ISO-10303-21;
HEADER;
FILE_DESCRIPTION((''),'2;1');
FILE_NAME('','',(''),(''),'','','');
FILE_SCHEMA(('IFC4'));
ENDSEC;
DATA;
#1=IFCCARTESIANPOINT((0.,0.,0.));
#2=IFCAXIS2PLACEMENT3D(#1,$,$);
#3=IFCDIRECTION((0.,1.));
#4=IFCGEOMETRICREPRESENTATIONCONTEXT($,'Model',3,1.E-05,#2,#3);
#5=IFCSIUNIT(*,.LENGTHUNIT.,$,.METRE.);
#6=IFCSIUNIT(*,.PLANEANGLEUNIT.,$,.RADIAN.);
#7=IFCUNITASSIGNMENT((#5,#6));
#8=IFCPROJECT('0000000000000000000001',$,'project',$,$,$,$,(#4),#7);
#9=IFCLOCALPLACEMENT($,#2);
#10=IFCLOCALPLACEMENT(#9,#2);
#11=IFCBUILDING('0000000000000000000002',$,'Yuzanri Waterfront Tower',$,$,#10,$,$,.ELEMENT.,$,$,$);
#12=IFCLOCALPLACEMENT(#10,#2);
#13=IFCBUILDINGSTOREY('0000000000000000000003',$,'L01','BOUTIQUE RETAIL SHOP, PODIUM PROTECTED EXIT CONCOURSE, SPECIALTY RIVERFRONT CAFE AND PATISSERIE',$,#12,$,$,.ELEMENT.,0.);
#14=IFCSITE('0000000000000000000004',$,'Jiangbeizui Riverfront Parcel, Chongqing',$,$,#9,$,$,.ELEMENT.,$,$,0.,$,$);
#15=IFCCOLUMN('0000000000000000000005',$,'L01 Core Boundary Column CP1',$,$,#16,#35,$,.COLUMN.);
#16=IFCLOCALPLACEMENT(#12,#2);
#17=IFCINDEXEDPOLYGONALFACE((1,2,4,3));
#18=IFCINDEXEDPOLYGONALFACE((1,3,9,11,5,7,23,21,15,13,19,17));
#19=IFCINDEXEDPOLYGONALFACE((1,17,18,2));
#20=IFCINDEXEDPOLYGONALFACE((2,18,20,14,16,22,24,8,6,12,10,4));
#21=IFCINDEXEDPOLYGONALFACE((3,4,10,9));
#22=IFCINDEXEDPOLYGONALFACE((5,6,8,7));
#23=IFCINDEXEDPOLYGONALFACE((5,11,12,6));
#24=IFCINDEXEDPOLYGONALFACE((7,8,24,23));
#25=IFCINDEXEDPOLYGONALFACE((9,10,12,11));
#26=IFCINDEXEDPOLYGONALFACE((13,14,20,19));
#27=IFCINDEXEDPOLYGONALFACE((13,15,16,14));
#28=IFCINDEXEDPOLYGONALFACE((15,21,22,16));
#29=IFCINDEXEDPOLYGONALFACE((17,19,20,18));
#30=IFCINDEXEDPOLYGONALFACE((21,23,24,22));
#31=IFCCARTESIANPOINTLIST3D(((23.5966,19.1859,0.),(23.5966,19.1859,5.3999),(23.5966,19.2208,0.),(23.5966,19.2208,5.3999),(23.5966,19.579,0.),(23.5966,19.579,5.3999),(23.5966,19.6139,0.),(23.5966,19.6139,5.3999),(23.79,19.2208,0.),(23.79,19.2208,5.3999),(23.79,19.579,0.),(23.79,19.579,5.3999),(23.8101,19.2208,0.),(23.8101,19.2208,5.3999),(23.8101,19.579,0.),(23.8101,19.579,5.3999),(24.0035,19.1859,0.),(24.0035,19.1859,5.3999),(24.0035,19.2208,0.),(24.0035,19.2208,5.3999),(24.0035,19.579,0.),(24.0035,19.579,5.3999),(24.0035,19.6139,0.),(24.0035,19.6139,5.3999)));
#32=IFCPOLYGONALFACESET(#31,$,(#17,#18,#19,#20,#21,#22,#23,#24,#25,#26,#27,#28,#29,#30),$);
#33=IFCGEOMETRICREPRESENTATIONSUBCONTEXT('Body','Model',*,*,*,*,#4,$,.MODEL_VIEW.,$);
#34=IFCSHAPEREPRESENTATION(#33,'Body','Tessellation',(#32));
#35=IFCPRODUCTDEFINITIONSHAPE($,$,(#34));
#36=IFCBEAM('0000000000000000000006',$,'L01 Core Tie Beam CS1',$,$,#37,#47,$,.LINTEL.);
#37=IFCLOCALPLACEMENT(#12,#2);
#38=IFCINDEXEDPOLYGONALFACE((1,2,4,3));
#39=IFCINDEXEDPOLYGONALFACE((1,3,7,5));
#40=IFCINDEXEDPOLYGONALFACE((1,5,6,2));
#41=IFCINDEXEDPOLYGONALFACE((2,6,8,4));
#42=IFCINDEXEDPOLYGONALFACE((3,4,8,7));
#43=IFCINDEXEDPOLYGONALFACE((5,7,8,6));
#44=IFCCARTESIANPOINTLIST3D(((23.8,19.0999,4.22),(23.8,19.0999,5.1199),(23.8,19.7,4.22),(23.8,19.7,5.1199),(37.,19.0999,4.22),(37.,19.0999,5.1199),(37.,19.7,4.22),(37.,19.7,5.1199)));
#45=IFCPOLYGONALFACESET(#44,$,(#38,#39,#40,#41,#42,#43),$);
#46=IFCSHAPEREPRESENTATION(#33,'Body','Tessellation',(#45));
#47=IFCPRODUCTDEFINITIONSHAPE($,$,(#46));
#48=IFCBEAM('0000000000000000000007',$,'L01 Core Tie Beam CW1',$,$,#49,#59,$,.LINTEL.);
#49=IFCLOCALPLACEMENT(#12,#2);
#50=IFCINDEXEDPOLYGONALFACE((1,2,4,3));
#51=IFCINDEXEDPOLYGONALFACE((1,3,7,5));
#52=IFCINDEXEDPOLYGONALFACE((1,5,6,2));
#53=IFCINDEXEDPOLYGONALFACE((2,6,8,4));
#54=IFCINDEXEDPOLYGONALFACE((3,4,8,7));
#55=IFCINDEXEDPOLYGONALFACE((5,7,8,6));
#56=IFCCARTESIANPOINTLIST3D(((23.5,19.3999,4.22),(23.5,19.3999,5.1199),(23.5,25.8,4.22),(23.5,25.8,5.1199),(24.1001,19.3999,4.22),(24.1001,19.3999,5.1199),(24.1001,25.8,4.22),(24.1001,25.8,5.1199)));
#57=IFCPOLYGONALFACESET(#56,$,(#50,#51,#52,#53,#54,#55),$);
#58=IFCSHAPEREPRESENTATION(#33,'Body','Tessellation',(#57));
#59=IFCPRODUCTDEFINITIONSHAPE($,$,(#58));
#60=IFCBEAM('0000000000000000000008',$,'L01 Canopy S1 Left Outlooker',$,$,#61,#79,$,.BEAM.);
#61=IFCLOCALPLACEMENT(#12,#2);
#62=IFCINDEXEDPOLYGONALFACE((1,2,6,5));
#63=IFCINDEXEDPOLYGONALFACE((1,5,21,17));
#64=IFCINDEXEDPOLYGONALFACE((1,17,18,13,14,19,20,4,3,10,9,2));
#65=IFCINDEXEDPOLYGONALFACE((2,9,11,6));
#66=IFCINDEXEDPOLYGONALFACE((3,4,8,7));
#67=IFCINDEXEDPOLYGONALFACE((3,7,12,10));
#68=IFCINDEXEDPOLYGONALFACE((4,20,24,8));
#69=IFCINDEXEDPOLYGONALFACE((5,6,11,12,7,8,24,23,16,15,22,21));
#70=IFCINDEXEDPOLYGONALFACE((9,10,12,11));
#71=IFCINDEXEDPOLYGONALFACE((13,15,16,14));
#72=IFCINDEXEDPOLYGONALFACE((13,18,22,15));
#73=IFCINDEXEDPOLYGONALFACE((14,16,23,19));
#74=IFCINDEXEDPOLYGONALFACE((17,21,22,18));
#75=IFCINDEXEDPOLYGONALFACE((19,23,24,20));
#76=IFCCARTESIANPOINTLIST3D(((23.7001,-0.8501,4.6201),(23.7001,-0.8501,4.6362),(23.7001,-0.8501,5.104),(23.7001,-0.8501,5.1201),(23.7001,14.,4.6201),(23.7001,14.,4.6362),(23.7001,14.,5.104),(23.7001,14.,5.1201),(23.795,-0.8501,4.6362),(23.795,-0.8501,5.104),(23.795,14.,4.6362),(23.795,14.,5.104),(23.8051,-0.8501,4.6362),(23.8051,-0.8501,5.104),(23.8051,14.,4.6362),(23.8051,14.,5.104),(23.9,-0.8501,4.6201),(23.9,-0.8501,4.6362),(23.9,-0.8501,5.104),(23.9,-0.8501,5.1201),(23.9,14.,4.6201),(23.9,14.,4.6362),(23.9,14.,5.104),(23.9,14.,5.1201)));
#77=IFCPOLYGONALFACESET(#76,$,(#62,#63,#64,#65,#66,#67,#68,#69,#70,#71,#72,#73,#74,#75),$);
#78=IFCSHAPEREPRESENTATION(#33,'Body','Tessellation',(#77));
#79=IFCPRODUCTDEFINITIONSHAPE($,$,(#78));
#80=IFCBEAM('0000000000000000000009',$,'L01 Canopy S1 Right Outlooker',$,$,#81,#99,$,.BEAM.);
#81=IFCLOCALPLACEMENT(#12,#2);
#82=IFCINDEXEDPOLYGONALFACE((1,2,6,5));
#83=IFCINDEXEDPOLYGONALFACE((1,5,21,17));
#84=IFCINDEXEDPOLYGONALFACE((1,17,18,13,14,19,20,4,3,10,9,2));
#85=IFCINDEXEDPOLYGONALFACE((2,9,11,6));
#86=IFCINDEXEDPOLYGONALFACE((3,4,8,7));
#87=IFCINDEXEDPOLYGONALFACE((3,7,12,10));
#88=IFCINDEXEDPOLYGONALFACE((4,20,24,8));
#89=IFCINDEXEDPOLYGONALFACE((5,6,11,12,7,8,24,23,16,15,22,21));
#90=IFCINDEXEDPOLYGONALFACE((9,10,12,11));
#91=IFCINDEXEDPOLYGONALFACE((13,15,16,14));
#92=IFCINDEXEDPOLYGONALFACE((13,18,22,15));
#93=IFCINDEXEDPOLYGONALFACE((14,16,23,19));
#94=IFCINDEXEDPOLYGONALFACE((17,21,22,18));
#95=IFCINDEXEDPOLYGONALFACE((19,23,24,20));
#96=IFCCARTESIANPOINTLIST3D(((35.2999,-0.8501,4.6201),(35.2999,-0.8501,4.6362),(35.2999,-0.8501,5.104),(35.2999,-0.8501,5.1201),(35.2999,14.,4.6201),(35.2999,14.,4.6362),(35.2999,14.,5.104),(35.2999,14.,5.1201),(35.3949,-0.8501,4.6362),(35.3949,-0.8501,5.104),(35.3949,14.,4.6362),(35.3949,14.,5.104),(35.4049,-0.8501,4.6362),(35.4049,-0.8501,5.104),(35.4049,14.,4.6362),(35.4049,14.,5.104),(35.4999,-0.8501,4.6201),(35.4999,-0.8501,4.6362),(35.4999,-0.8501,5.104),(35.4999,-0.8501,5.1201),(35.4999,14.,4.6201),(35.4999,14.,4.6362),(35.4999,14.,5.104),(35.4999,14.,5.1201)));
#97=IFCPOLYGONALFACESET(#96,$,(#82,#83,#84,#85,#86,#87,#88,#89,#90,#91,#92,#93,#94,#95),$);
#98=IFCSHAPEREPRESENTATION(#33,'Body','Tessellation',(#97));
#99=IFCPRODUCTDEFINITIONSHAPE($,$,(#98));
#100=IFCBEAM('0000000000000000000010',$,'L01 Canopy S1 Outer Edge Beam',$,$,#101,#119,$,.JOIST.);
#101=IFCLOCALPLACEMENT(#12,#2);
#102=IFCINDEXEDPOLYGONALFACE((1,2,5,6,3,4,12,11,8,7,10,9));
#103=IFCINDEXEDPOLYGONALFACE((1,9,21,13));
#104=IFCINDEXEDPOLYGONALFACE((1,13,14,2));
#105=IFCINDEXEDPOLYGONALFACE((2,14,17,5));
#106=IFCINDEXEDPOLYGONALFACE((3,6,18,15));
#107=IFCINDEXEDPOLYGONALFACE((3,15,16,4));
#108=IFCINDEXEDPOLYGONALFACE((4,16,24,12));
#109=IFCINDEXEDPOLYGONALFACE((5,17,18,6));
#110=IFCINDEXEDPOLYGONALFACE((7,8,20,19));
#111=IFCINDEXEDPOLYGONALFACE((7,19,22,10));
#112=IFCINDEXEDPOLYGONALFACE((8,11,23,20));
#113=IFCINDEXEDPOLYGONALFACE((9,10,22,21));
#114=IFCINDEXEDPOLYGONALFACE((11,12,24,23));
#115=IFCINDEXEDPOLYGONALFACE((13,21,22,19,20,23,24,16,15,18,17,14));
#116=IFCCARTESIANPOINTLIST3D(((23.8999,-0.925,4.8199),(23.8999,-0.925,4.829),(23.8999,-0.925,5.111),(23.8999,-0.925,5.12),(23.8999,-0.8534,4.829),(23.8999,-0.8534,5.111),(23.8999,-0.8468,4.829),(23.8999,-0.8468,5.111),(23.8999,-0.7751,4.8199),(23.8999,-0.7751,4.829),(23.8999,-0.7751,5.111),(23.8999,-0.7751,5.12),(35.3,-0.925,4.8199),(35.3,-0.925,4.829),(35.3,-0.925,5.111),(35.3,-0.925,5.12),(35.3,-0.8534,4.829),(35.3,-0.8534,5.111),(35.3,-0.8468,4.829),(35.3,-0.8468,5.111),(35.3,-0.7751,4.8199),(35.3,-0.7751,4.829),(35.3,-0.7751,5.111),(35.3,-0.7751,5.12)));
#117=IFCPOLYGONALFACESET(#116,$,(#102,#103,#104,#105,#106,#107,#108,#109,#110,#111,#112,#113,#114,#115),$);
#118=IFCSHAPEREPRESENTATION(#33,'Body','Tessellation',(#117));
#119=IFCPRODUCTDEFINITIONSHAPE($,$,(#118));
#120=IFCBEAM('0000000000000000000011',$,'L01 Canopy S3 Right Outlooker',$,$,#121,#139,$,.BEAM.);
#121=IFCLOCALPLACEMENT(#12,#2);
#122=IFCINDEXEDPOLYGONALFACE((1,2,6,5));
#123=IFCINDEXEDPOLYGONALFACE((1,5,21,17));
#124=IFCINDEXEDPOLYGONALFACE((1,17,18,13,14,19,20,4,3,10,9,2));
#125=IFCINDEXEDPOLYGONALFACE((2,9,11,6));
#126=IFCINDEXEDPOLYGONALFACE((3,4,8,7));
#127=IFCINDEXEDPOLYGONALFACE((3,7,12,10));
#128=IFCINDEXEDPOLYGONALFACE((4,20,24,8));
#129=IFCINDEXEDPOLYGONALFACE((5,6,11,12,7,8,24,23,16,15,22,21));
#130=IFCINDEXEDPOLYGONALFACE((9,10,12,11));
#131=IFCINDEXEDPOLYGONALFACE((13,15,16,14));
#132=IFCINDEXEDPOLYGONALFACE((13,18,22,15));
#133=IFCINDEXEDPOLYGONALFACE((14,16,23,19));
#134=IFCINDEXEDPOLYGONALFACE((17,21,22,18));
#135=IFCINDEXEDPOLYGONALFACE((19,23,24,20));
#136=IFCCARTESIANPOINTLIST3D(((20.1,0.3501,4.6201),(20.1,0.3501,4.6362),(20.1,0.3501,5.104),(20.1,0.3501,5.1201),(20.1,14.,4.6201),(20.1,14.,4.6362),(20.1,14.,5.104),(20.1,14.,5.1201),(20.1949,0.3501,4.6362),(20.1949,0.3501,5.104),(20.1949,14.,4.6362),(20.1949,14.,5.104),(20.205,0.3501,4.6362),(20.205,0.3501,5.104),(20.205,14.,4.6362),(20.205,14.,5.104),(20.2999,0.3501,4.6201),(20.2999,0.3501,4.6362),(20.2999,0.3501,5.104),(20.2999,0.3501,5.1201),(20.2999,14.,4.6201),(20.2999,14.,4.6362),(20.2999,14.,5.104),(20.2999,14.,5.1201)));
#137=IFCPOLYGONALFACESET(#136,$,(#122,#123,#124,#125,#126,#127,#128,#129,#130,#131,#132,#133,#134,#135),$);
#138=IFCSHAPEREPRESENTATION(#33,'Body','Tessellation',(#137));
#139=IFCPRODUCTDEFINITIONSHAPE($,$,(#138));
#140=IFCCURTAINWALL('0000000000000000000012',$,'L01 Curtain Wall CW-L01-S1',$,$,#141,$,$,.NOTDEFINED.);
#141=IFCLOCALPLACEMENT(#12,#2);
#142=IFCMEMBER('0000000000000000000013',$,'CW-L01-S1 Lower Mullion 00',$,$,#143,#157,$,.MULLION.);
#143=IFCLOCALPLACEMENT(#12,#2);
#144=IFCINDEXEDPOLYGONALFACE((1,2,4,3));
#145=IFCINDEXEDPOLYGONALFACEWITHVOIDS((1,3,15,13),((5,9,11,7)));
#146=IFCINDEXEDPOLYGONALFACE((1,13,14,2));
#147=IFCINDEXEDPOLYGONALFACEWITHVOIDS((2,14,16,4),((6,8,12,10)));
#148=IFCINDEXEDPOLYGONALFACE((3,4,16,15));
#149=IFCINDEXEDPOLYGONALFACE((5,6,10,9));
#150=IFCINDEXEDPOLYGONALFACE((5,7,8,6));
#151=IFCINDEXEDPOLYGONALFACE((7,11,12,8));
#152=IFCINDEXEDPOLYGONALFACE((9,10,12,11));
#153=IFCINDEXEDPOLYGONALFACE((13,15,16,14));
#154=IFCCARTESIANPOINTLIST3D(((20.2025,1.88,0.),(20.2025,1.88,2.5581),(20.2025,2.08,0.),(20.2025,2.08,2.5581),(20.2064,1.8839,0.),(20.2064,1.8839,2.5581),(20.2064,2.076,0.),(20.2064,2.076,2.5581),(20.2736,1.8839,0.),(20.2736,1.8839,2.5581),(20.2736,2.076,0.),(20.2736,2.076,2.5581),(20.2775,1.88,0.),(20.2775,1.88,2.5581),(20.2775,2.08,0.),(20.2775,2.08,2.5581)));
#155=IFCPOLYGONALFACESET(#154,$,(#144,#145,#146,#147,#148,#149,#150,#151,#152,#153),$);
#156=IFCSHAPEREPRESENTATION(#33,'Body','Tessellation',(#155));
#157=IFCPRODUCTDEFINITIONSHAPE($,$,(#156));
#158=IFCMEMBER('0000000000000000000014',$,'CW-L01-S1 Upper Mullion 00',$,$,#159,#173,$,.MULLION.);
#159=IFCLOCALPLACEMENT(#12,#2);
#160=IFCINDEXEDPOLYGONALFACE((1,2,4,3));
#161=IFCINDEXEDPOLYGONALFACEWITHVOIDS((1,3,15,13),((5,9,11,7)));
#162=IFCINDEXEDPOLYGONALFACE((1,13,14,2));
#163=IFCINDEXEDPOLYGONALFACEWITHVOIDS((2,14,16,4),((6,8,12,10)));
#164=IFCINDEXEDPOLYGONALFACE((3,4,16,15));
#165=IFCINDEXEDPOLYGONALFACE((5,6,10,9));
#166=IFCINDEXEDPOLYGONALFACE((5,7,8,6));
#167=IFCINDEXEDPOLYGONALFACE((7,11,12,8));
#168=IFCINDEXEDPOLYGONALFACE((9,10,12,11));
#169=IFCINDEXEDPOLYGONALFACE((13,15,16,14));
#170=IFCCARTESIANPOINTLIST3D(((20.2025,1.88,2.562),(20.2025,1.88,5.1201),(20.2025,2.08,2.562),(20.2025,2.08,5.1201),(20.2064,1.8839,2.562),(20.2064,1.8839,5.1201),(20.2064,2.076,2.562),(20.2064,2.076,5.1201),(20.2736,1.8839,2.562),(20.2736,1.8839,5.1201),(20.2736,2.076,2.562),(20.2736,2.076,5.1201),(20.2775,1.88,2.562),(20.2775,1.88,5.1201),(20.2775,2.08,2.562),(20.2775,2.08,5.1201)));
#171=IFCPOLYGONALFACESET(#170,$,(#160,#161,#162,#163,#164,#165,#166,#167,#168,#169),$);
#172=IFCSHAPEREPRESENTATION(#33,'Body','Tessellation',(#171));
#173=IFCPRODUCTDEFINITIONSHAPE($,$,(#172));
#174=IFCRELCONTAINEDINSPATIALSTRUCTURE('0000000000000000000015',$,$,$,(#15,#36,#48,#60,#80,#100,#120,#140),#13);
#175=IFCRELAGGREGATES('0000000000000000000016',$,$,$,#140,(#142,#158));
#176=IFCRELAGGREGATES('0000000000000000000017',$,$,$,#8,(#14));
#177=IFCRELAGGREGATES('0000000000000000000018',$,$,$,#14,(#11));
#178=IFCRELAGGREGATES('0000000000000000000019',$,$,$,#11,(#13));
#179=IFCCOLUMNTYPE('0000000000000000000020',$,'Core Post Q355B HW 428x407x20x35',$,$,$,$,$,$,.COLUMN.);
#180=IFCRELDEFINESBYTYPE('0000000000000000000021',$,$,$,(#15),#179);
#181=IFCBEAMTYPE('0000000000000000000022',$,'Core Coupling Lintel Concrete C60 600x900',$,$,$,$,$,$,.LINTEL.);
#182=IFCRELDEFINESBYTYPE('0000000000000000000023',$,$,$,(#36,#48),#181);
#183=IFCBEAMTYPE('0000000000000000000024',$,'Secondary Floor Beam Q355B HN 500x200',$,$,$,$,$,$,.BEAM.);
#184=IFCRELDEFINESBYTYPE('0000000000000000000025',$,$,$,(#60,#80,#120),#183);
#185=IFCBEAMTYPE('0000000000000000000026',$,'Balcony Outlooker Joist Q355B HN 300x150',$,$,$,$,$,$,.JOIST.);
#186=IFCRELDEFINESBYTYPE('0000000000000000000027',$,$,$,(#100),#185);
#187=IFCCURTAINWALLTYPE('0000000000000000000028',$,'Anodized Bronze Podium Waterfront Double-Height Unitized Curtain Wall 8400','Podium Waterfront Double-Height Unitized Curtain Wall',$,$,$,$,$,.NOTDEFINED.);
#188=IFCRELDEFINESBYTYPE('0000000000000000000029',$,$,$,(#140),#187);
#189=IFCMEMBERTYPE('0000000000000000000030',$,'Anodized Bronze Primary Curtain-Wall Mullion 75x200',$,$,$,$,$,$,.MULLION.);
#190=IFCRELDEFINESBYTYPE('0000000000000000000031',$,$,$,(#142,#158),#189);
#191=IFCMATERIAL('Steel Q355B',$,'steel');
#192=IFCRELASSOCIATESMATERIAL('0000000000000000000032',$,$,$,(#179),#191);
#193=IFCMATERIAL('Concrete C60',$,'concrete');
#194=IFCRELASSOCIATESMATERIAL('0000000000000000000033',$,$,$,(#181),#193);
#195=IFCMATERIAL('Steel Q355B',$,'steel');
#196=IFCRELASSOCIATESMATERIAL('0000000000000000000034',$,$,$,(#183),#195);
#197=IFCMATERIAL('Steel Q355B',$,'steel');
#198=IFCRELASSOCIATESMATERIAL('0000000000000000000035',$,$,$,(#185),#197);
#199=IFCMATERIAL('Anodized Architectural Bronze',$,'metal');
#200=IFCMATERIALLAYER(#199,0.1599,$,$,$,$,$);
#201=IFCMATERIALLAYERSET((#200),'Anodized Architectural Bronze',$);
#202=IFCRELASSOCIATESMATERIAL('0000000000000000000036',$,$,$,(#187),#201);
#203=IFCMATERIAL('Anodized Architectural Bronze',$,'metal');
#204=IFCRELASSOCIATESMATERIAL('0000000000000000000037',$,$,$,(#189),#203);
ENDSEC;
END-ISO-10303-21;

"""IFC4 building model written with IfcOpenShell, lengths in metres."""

from ifc_helpers import new_model, si_unit, direction, frame, origin, origin_2d, place, context, subcontext, project, spatial, rectangle, hollow_rectangle, i_section, extrude, source, transform, mapped, material, layer, layer_set, material_profile, profile_set, type_object, element, aggregate, save


model = new_model("IFC4")

# Units and contexts
model_context = context("Model", 3, precision=1e-05, world=origin(), true_north=direction((0.0, 1.0)))
body_context = subcontext(model_context, "Body", "Model", "MODEL_VIEW")
ifc_project = project(units=[si_unit("LENGTHUNIT", "METRE"), si_unit("PLANEANGLEUNIT", "RADIAN")], contexts=[model_context])

# Site, building, storey
site_placement = place(None, origin())
site = spatial("IfcSite", under=ifc_project, at=site_placement, Name="Jiangbeizui Riverfront Parcel, Chongqing", CompositionType="ELEMENT", RefElevation=0.0)
building_placement = place(site_placement, origin())
building = spatial("IfcBuilding", under=site, at=building_placement, Name="Yuzanri Waterfront Tower", CompositionType="ELEMENT")
storey_placement = place(building_placement, origin())
storey = spatial("IfcBuildingStorey", under=building, at=storey_placement, Name="L01", Description="BOUTIQUE RETAIL SHOP, PODIUM PROTECTED EXIT CONCOURSE, SPECIALTY RIVERFRONT CAFE AND PATISSERIE", CompositionType="ELEMENT", Elevation=0.0)

# Column
ifc_material_1 = material(Name="Steel Q355B", Category="steel")
ifc_material_profile_1 = material_profile(ifc_material_1, i_section(OverallWidth=0.407, OverallDepth=0.428, WebThickness=0.02, FlangeThickness=0.0349, at=origin_2d()), Name="HW 428x407x20x35")
ifc_profile_set_1 = profile_set([ifc_material_profile_1], Name="Steel Q355B")
column_type = type_object("IfcColumnType", Name="Core Post Q355B HW 428x407x20x35", PredefinedType="COLUMN", material=ifc_profile_set_1)
shared_shape_1 = source(origin(), body_context, "Body", "SweptSolid", [
    extrude(i_section(OverallWidth=0.407, OverallDepth=0.428, WebThickness=0.02, FlangeThickness=0.0349, at=origin_2d()), origin(), (0.0, 0.0, 1.0), 5.3999),
])
column_placement = place(storey_placement, frame((23.8, 19.3999, 0.0), z_axis=(0.0, 0.0, 1.0), x_axis=(1.0, 0.0, 0.0)))
element("IfcColumn", 1, at=column_placement, inside=storey, type_object=column_type, Name="L01 Core Boundary Column CP1", PredefinedType="COLUMN", context=body_context, shape_type="MappedRepresentation", body=[
    mapped(shared_shape_1, transform((0.0, 0.0, 0.0), scale=1.0)),
])

# Beams
ifc_material_2 = material(Name="Concrete C60", Category="concrete")
ifc_material_profile_2 = material_profile(ifc_material_2, rectangle(XDim=0.6001, YDim=0.8999, at=origin_2d()), Name="RC 600x900")
ifc_profile_set_2 = profile_set([ifc_material_profile_2], Name="Concrete C60")
beam_type_1 = type_object("IfcBeamType", Name="Core Coupling Lintel Concrete C60 600x900", PredefinedType="LINTEL", material=ifc_profile_set_2)
shared_shape_2 = source(origin(), body_context, "Body", "SweptSolid", [
    extrude(rectangle(XDim=0.6001, YDim=0.8999, at=origin_2d()), origin(), (0.0, 0.0, 1.0), 13.2),
])
beam_1_placement = place(storey_placement, frame((23.8, 19.3999, 4.6699), z_axis=(1.0, 0.0, 0.0), x_axis=(0.0, 1.0, 0.0)))
element("IfcBeam", 2, at=beam_1_placement, inside=storey, type_object=beam_type_1, Name="L01 Core Tie Beam CS1", PredefinedType="LINTEL", context=body_context, shape_type="MappedRepresentation", body=[
    mapped(shared_shape_2, transform((0.0, 0.0, 0.0), scale=1.0)),
])
shared_shape_3 = source(origin(), body_context, "Body", "SweptSolid", [
    extrude(rectangle(XDim=0.6001, YDim=0.8999, at=origin_2d()), origin(), (0.0, 0.0, 1.0), 6.4001),
])
beam_2_placement = place(storey_placement, frame((23.8, 19.3999, 4.6699), z_axis=(0.0, 1.0, 0.0), x_axis=(-1.0, 0.0, 0.0)))
element("IfcBeam", 3, at=beam_2_placement, inside=storey, type_object=beam_type_1, Name="L01 Core Tie Beam CW1", PredefinedType="LINTEL", context=body_context, shape_type="MappedRepresentation", body=[
    mapped(shared_shape_3, transform((0.0, 0.0, 0.0), scale=1.0)),
])
ifc_material_3 = material(Name="Steel Q355B", Category="steel")
ifc_material_profile_3 = material_profile(ifc_material_3, i_section(OverallWidth=0.2, OverallDepth=0.5, WebThickness=0.01, FlangeThickness=0.0161, at=origin_2d()), Name="HN 500x200x10x16")
ifc_profile_set_3 = profile_set([ifc_material_profile_3], Name="Steel Q355B")
beam_type_2 = type_object("IfcBeamType", Name="Secondary Floor Beam Q355B HN 500x200", PredefinedType="BEAM", material=ifc_profile_set_3)
shared_shape_4 = source(origin(), body_context, "Body", "SweptSolid", [
    extrude(i_section(OverallWidth=0.2, OverallDepth=0.5, WebThickness=0.01, FlangeThickness=0.0161, at=origin_2d()), origin(), (0.0, 0.0, 1.0), 14.8501),
])
for number, where, z_axis, x_axis, name in (
    (4, (23.8, 14.0, 4.8701), (0.0, -1.0, 0.0), (1.0, 0.0, 0.0), "L01 Canopy S1 Left Outlooker"),
    (5, (35.3999, 14.0, 4.8701), (0.0, -1.0, 0.0), (1.0, 0.0, 0.0), "L01 Canopy S1 Right Outlooker"),
):
    element("IfcBeam", number, at=place(storey_placement, frame(where, z_axis=z_axis, x_axis=x_axis)), inside=storey, type_object=beam_type_2, Name=name, PredefinedType="BEAM", context=body_context, shape_type="MappedRepresentation", body=[
        mapped(shared_shape_4, transform((0.0, 0.0, 0.0), scale=1.0)),
    ])
ifc_material_4 = material(Name="Steel Q355B", Category="steel")
ifc_material_profile_4 = material_profile(ifc_material_4, i_section(OverallWidth=0.1499, OverallDepth=0.3, WebThickness=0.0066, FlangeThickness=0.009, at=origin_2d()), Name="HN 300x150x6.5x9")
ifc_profile_set_4 = profile_set([ifc_material_profile_4], Name="Steel Q355B")
beam_type_3 = type_object("IfcBeamType", Name="Balcony Outlooker Joist Q355B HN 300x150", PredefinedType="JOIST", material=ifc_profile_set_4)
shared_shape_5 = source(origin(), body_context, "Body", "SweptSolid", [
    extrude(i_section(OverallWidth=0.1499, OverallDepth=0.3, WebThickness=0.0066, FlangeThickness=0.009, at=origin_2d()), origin(), (0.0, 0.0, 1.0), 11.4001),
])
beam_3_placement = place(storey_placement, frame((23.8999, -0.8501, 4.97), z_axis=(1.0, 0.0, 0.0), x_axis=(0.0, 1.0, 0.0)))
element("IfcBeam", 6, at=beam_3_placement, inside=storey, type_object=beam_type_3, Name="L01 Canopy S1 Outer Edge Beam", PredefinedType="JOIST", context=body_context, shape_type="MappedRepresentation", body=[
    mapped(shared_shape_5, transform((0.0, 0.0, 0.0), scale=1.0)),
])
shared_shape_6 = source(origin(), body_context, "Body", "SweptSolid", [
    extrude(i_section(OverallWidth=0.2, OverallDepth=0.5, WebThickness=0.01, FlangeThickness=0.0161, at=origin_2d()), origin(), (0.0, 0.0, 1.0), 13.6499),
])
beam_4_placement = place(storey_placement, frame((20.2, 14.0, 4.8701), z_axis=(0.0, -1.0, 0.0), x_axis=(1.0, 0.0, 0.0)))
element("IfcBeam", 7, at=beam_4_placement, inside=storey, type_object=beam_type_2, Name="L01 Canopy S3 Right Outlooker", PredefinedType="BEAM", context=body_context, shape_type="MappedRepresentation", body=[
    mapped(shared_shape_6, transform((0.0, 0.0, 0.0), scale=1.0)),
])

# Curtain wall, members
ifc_material_5 = material(Name="Anodized Architectural Bronze", Category="metal")
ifc_layer_1 = layer(ifc_material_5, 0.1599)
ifc_layer_set_1 = layer_set([ifc_layer_1], Name="Anodized Architectural Bronze")
curtain_wall_type = type_object("IfcCurtainWallType", Name="Anodized Bronze Podium Waterfront Double-Height Unitized Curtain Wall 8400", Description="Podium Waterfront Double-Height Unitized Curtain Wall", PredefinedType="NOTDEFINED", material=ifc_layer_set_1)
curtain_wall_placement = place(storey_placement, origin())
curtain_wall = element("IfcCurtainWall", 8, at=curtain_wall_placement, inside=storey, type_object=curtain_wall_type, Name="L01 Curtain Wall CW-L01-S1", PredefinedType="NOTDEFINED")
ifc_material_6 = material(Name="Anodized Architectural Bronze", Category="metal")
ifc_material_profile_5 = material_profile(ifc_material_6, hollow_rectangle(XDim=0.075, YDim=0.2, WallThickness=0.0039, at=origin_2d()), Name="CWM 75x200")
ifc_profile_set_5 = profile_set([ifc_material_profile_5], Name="Anodized Architectural Bronze")
member_type_1 = type_object("IfcMemberType", Name="Anodized Bronze Primary Curtain-Wall Mullion 75x200", PredefinedType="MULLION", material=ifc_profile_set_5)
shared_shape_7 = source(origin(), body_context, "Body", "SweptSolid", [
    extrude(hollow_rectangle(XDim=0.075, YDim=0.2, WallThickness=0.0039, at=origin_2d()), origin(), (0.0, 0.0, 1.0), 2.5581),
])
member_1_placement = place(storey_placement, frame((20.24, 1.98, 0.0), z_axis=(0.0, 0.0, 1.0), x_axis=(1.0, 0.0, 0.0)))
member_1 = element("IfcMember", 9, at=member_1_placement, type_object=member_type_1, Name="CW-L01-S1 Lower Mullion 00", PredefinedType="MULLION", context=body_context, shape_type="MappedRepresentation", body=[
    mapped(shared_shape_7, transform((0.0, 0.0, 0.0), scale=1.0)),
])
member_2_placement = place(storey_placement, frame((20.24, 1.98, 2.562), z_axis=(0.0, 0.0, 1.0), x_axis=(1.0, 0.0, 0.0)))
member_2 = element("IfcMember", 10, at=member_2_placement, type_object=member_type_1, Name="CW-L01-S1 Upper Mullion 00", PredefinedType="MULLION", context=body_context, shape_type="MappedRepresentation", body=[
    mapped(shared_shape_7, transform((0.0, 0.0, 0.0), scale=1.0)),
])
aggregate(curtain_wall, [member_1, member_2])

save(model, "model.ifc")
